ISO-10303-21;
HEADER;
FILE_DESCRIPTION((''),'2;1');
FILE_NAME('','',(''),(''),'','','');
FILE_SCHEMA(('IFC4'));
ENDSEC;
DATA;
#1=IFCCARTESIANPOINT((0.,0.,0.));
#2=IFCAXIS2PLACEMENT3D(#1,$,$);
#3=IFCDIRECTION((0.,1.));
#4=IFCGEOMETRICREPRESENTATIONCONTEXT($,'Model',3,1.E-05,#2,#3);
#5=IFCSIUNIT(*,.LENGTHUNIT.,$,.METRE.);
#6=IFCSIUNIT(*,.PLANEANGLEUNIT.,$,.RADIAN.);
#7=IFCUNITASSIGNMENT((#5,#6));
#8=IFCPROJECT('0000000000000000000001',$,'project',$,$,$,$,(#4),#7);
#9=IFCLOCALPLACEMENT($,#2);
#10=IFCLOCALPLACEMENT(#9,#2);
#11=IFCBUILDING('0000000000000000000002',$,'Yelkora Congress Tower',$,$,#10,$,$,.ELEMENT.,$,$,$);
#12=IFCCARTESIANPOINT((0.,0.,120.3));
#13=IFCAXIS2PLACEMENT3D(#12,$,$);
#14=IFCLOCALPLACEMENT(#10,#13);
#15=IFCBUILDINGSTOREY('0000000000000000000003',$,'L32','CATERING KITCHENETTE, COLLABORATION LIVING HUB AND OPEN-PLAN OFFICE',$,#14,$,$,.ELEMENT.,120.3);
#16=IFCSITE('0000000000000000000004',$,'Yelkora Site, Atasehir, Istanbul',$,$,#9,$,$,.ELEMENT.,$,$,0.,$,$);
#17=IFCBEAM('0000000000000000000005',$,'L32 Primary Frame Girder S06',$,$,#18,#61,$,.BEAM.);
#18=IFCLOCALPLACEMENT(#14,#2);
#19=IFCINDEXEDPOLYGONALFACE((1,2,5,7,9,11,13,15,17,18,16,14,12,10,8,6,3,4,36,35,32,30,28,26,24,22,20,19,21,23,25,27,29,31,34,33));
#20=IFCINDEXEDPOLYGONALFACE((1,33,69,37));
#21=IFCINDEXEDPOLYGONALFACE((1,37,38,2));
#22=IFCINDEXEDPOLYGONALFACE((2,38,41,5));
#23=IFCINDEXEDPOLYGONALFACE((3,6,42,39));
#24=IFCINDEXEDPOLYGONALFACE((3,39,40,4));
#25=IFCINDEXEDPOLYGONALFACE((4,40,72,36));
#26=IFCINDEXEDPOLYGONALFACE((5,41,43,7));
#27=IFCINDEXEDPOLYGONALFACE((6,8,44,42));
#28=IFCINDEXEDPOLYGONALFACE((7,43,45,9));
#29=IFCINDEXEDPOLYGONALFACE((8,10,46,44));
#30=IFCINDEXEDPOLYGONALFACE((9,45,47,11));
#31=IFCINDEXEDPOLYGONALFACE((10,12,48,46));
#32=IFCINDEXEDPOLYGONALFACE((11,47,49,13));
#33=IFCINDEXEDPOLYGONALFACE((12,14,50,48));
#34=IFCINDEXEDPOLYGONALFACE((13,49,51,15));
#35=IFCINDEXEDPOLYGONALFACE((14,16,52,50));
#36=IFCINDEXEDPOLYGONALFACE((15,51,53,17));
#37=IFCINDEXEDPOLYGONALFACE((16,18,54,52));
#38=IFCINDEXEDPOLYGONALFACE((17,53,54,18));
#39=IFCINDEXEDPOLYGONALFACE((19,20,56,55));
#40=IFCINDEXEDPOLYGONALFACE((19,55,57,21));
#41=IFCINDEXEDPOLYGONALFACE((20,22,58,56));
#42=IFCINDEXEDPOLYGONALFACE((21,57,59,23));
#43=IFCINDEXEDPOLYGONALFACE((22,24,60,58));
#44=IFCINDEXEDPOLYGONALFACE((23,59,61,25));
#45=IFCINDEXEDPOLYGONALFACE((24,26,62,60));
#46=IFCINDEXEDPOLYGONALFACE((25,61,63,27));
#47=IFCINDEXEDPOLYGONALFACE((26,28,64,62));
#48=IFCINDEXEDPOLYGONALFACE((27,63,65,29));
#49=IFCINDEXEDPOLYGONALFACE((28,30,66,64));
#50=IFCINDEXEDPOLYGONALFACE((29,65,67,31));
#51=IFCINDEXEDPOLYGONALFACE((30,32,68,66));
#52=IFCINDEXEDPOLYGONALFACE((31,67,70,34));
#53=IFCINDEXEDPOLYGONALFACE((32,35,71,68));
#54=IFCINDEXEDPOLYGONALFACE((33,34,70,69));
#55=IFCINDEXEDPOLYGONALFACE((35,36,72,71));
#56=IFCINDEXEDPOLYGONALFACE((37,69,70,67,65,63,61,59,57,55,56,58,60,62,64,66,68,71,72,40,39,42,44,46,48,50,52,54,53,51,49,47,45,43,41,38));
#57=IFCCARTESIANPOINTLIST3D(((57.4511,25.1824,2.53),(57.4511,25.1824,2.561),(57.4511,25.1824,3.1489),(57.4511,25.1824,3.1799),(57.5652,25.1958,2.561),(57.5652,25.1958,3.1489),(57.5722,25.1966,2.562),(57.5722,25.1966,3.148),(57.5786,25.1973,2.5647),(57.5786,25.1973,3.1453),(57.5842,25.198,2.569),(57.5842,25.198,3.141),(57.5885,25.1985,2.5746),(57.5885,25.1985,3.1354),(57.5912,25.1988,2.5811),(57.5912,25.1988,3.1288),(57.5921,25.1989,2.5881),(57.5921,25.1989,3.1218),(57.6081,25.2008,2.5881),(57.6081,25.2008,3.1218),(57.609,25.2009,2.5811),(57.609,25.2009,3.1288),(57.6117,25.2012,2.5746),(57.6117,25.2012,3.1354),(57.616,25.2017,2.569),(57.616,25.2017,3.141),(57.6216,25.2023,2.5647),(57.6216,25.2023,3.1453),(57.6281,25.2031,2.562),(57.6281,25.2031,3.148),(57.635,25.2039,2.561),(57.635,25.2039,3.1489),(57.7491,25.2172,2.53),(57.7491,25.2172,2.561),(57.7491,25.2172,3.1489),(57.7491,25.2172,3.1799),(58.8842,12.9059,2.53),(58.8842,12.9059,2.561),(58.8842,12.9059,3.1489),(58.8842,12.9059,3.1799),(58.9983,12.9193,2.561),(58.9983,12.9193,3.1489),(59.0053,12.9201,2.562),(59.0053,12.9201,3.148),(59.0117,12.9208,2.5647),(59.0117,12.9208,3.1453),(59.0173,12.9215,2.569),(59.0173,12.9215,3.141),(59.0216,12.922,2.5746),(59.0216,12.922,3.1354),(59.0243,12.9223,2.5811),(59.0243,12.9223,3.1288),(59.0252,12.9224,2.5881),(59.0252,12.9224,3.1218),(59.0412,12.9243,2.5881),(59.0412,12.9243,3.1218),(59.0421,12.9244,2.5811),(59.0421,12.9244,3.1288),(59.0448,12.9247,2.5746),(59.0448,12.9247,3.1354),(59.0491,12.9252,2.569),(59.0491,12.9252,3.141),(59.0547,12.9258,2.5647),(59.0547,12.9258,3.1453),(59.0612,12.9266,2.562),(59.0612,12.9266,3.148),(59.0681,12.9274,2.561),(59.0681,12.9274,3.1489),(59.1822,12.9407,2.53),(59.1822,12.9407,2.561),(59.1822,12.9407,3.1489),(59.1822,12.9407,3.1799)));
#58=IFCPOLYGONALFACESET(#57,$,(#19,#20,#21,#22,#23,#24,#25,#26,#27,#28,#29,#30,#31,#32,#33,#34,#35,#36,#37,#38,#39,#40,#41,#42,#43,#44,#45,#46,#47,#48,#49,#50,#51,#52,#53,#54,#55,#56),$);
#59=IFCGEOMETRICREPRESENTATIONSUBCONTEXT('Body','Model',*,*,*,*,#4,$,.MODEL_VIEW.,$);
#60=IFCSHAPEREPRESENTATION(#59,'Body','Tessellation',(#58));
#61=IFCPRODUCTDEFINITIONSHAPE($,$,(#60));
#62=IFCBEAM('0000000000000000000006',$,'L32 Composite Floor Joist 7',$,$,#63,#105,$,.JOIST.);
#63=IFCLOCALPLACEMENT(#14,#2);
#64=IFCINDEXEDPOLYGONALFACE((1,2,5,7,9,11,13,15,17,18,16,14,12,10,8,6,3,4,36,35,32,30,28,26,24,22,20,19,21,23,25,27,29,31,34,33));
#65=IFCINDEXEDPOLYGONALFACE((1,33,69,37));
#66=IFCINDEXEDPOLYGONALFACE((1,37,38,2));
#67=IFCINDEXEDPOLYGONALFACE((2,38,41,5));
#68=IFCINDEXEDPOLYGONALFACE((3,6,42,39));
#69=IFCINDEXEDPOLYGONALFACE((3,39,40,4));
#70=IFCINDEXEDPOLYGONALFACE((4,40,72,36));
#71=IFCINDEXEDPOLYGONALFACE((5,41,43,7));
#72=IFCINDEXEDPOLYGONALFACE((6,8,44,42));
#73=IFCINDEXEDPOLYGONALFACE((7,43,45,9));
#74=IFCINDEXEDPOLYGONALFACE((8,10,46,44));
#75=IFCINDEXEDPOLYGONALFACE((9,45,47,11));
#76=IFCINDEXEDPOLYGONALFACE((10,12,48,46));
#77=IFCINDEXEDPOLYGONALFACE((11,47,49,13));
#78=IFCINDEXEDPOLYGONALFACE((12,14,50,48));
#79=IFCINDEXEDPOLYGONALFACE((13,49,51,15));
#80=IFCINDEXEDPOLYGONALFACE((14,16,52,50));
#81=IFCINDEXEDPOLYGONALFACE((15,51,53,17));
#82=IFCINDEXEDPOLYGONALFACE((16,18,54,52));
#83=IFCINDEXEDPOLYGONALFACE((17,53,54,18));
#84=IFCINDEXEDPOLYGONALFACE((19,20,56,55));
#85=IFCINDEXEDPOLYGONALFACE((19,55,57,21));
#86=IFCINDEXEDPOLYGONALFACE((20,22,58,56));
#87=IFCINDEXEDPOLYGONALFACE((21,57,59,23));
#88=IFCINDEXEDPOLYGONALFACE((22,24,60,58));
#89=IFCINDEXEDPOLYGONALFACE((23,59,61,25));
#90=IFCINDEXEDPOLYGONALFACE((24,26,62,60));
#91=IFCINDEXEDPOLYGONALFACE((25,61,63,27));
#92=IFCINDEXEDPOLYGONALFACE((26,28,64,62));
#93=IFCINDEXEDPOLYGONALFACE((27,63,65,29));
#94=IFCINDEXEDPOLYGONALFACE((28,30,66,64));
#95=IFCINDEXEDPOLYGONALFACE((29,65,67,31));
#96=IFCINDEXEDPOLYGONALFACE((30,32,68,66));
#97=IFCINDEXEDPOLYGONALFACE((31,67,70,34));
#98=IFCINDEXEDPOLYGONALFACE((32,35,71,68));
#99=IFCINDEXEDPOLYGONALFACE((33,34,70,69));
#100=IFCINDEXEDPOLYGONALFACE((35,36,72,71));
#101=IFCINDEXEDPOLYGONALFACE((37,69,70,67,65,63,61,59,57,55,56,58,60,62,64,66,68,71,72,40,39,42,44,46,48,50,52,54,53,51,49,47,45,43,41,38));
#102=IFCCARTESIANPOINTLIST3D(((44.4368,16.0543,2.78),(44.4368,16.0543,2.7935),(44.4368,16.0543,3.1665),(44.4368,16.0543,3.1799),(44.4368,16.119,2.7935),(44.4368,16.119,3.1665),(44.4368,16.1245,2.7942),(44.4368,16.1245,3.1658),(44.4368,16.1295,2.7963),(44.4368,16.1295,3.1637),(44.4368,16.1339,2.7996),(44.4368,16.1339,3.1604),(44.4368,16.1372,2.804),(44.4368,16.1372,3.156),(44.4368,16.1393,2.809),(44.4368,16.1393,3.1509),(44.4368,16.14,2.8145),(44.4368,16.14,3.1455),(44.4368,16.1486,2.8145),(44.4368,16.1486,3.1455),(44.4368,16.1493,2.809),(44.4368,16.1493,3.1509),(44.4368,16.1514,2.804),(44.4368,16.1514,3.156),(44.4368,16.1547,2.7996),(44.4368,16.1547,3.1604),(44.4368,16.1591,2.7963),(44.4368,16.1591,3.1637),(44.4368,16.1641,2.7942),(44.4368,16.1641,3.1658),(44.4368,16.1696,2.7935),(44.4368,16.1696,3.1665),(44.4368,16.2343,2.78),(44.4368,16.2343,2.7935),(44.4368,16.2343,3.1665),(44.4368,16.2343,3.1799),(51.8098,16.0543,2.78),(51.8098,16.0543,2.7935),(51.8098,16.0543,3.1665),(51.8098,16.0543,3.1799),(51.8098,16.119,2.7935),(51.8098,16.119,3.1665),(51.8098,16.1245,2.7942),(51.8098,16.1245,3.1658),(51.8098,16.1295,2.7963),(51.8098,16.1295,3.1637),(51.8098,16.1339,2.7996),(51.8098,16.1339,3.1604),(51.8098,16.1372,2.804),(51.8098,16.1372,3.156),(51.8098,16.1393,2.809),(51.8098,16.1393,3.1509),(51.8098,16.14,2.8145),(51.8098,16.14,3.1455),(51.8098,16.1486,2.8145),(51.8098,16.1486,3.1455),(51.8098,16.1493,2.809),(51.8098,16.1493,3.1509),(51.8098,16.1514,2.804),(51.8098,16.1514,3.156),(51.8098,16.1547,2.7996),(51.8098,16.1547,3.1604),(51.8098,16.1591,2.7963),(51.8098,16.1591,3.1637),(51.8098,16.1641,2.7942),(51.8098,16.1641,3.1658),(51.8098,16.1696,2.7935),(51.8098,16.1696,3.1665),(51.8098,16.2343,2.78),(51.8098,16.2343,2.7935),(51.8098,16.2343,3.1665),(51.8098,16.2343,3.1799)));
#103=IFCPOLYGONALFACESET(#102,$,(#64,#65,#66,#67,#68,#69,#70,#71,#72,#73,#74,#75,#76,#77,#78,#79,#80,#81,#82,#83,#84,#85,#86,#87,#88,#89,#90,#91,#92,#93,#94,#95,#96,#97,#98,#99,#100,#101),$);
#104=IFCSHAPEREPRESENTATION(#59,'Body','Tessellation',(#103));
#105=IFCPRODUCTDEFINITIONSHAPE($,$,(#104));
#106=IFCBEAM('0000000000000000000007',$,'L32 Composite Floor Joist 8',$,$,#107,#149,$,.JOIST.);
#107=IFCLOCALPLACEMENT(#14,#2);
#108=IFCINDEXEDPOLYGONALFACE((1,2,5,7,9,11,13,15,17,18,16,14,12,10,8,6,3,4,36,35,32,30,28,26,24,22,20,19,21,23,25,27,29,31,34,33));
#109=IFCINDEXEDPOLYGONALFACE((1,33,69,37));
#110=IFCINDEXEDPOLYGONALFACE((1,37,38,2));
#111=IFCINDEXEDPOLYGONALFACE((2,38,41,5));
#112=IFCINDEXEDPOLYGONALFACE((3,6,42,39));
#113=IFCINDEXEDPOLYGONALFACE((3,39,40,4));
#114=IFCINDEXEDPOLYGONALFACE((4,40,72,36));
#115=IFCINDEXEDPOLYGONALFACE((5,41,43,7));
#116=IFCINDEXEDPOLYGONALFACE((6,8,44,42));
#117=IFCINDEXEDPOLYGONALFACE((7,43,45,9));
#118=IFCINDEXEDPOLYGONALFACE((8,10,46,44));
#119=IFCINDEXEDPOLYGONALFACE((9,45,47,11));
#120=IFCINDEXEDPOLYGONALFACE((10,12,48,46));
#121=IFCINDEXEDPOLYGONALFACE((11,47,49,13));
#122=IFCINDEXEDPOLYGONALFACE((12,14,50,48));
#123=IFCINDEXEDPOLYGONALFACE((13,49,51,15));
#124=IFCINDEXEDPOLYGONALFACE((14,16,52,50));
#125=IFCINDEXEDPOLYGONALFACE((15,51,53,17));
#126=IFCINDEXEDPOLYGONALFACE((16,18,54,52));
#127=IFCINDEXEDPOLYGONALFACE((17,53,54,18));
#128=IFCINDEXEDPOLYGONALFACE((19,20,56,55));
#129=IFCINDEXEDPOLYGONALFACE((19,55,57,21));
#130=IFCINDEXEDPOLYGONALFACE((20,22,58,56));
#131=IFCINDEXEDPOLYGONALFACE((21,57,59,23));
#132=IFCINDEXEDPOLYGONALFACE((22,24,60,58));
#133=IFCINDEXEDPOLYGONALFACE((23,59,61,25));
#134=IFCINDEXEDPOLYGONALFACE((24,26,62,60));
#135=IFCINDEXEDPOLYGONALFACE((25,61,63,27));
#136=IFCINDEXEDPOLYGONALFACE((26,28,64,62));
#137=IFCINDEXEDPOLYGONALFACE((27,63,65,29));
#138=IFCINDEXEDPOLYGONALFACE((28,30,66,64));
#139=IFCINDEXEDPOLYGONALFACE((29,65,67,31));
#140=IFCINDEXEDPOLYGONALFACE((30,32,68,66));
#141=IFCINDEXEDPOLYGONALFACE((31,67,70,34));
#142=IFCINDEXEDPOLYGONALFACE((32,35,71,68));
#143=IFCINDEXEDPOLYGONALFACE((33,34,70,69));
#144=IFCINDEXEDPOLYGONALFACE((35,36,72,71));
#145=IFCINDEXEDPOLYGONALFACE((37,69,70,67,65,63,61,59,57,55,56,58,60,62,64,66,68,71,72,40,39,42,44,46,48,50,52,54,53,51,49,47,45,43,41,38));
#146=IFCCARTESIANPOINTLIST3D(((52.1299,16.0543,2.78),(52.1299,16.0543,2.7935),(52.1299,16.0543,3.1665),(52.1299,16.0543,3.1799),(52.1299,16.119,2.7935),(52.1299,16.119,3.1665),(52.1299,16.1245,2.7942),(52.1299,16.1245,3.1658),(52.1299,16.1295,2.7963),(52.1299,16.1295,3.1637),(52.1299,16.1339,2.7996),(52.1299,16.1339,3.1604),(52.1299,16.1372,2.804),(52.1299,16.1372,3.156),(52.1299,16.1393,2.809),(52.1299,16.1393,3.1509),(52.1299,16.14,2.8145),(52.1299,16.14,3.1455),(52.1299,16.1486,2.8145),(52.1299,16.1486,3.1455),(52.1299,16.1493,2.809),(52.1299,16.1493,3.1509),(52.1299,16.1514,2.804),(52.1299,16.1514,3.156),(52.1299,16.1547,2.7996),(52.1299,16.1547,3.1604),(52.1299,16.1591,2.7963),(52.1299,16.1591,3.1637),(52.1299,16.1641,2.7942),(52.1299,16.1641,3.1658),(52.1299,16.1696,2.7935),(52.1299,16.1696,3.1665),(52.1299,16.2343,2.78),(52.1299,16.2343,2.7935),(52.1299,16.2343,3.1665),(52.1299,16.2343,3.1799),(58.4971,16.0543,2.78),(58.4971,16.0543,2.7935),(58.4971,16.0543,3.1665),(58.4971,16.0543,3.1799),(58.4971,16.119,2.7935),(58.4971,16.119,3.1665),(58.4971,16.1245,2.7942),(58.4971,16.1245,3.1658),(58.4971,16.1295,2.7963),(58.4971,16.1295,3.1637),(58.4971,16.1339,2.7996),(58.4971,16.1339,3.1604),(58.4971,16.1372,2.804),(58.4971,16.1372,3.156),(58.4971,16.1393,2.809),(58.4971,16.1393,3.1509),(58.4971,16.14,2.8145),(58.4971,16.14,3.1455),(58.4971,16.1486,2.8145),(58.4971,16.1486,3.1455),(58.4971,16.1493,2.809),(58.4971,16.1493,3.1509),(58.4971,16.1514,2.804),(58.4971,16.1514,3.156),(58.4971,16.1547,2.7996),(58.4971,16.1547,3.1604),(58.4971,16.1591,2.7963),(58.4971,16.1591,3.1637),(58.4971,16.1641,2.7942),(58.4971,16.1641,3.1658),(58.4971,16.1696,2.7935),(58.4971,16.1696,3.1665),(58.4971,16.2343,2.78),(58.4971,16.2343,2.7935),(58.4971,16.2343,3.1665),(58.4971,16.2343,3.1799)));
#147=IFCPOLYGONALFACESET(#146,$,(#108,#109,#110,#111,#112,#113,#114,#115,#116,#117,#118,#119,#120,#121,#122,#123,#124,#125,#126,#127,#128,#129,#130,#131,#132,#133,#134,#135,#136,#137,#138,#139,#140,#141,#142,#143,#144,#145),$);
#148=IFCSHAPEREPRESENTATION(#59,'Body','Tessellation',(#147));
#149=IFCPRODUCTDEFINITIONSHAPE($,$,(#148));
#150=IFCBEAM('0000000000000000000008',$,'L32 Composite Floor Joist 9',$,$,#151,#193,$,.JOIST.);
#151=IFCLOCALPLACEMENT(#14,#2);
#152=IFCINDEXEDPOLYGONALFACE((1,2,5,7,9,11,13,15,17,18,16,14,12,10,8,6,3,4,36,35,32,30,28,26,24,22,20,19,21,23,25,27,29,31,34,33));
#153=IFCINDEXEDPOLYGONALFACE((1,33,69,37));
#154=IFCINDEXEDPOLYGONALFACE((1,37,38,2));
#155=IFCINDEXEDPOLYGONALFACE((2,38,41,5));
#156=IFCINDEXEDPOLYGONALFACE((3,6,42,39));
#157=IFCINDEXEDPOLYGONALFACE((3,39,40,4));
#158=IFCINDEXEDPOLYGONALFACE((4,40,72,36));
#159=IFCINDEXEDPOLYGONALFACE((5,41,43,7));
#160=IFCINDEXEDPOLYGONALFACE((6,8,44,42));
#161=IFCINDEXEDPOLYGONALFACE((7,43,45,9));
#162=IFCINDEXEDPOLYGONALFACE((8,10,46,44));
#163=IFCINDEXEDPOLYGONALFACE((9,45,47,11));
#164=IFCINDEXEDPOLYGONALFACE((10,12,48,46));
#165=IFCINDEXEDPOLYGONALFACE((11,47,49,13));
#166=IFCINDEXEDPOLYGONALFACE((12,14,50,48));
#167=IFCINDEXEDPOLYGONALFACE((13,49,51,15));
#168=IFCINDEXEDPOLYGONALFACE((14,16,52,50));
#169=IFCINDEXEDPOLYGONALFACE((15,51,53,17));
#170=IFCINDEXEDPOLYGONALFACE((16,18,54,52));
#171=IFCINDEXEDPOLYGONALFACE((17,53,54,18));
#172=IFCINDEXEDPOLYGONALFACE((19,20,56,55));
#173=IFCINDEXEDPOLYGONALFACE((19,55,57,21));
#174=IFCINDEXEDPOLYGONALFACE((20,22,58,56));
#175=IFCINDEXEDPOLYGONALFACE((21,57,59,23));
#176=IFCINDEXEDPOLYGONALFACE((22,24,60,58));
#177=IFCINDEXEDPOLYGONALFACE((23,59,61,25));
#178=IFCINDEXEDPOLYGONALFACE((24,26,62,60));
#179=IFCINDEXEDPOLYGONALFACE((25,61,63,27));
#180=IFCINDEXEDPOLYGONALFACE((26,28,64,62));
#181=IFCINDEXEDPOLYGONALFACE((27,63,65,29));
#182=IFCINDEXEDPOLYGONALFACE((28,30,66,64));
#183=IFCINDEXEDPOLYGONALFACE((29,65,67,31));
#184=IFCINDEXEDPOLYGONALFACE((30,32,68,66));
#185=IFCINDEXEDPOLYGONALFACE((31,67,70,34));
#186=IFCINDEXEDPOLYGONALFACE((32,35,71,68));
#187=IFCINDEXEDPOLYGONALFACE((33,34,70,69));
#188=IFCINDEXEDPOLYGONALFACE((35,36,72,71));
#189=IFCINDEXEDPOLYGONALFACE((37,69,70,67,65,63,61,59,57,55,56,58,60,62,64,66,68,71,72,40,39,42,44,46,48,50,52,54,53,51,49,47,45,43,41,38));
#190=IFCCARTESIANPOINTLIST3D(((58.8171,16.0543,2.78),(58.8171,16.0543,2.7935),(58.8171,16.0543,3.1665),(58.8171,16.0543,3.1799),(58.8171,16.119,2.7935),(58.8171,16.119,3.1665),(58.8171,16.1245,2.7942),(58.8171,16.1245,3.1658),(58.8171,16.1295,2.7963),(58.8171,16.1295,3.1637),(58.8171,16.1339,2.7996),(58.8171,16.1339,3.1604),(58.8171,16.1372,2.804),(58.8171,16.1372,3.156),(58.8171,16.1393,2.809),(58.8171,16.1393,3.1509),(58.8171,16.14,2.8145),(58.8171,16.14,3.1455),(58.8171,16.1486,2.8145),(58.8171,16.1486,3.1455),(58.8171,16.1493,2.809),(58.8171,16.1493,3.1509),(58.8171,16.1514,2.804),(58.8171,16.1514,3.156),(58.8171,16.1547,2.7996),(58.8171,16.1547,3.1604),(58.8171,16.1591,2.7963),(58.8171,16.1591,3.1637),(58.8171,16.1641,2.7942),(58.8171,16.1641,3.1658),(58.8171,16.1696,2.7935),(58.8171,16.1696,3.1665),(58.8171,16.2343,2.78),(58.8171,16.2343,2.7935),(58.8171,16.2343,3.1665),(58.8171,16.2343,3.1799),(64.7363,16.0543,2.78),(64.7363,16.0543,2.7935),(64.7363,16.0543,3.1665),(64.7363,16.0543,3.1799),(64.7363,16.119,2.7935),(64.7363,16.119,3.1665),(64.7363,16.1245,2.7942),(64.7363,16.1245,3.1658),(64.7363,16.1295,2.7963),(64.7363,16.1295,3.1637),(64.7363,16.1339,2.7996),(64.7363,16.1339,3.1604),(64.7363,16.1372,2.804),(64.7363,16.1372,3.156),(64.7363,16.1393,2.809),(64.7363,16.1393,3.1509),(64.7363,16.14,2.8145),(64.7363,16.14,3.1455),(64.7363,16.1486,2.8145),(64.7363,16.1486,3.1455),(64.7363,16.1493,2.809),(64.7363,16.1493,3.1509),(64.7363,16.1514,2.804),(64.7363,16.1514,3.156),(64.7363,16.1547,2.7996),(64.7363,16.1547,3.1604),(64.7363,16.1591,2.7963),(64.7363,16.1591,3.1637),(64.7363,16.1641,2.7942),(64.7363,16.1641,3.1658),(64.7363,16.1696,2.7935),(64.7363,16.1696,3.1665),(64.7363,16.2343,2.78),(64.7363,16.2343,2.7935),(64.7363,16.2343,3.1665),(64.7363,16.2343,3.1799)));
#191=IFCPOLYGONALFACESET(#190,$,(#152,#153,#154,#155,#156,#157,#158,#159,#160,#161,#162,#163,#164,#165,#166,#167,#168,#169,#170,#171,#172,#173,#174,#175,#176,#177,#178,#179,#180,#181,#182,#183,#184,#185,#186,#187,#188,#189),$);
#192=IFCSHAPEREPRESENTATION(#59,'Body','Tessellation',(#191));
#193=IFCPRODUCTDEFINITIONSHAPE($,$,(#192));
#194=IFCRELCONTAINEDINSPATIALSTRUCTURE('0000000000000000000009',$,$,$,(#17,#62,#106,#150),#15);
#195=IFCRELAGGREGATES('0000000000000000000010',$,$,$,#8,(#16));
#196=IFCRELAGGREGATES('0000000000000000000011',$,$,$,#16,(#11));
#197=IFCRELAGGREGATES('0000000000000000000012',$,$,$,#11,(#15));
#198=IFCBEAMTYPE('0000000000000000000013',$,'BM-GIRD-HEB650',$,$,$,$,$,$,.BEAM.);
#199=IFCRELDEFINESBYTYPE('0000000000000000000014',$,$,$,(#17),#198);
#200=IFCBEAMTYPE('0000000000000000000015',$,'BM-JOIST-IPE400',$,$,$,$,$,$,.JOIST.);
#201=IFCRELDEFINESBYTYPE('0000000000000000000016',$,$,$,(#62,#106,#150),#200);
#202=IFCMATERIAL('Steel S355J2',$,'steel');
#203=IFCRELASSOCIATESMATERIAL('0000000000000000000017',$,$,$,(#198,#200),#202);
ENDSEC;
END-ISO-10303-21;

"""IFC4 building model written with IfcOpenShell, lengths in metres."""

from ifc_helpers import new_model, si_unit, direction, frame, origin, origin_2d, place, context, subcontext, project, spatial, i_section, extrude, material, material_profile, profile_set, type_object, element, save


model = new_model("IFC4")

# Units and contexts
model_context = context("Model", 3, precision=1e-05, world=origin(), true_north=direction((0.0, 1.0)))
body_context = subcontext(model_context, "Body", "Model", "MODEL_VIEW")
ifc_project = project(units=[si_unit("LENGTHUNIT", "METRE"), si_unit("PLANEANGLEUNIT", "RADIAN")], contexts=[model_context])

# Site, building, storey
site_placement = place(None, origin())
site = spatial("IfcSite", under=ifc_project, at=site_placement, Name="Yelkora Site, Atasehir, Istanbul", CompositionType="ELEMENT", RefElevation=0.0)
building_placement = place(site_placement, origin())
building = spatial("IfcBuilding", under=site, at=building_placement, Name="Yelkora Congress Tower", CompositionType="ELEMENT")
storey_placement = place(building_placement, frame((0.0, 0.0, 120.3)))
storey = spatial("IfcBuildingStorey", under=building, at=storey_placement, Name="L32", Description="CATERING KITCHENETTE, COLLABORATION LIVING HUB AND OPEN-PLAN OFFICE", CompositionType="ELEMENT", Elevation=120.3)

# Beams
ifc_material_1 = material(Name="Steel S355J2", Category="steel")
ifc_material_profile_1 = material_profile(ifc_material_1, i_section(OverallWidth=0.3, OverallDepth=0.6499, WebThickness=0.0161, FlangeThickness=0.031, FilletRadius=0.0271, at=origin_2d()), Name="HEB 650")
ifc_profile_set_1 = profile_set([ifc_material_profile_1], Name="Steel S355J2")
beam_type_1 = type_object("IfcBeamType", Name="BM-GIRD-HEB650", PredefinedType="BEAM", material=ifc_profile_set_1)
beam_1_placement = place(storey_placement, frame((59.0332, 12.9233, 2.855), z_axis=(-0.115947, 0.993255, 0.0), x_axis=(-0.993255, -0.115947, 0.0)))
element("IfcBeam", 1, at=beam_1_placement, inside=storey, type_object=beam_type_1, Name="L32 Primary Frame Girder S06", PredefinedType="BEAM", context=body_context, shape_type="SweptSolid", body=[
    extrude(i_section(OverallWidth=0.3, OverallDepth=0.6499, WebThickness=0.0161, FlangeThickness=0.031, FilletRadius=0.0271, at=origin_2d()), origin(), (0.0, 0.0, 1.0), 12.3599),
])
ifc_material_profile_2 = material_profile(ifc_material_1, i_section(OverallWidth=0.1799, OverallDepth=0.3999, WebThickness=0.0085, FlangeThickness=0.0134, FilletRadius=0.021, at=origin_2d()), Name="IPE 400")
ifc_profile_set_2 = profile_set([ifc_material_profile_2], Name="Steel S355J2")
beam_type_2 = type_object("IfcBeamType", Name="BM-JOIST-IPE400", PredefinedType="JOIST", material=ifc_profile_set_2)
beam_2_placement = place(storey_placement, frame((44.4368, 16.1443, 2.98), z_axis=(1.0, 0.0, 0.0), x_axis=(0.0, 1.0, 0.0)))
element("IfcBeam", 2, at=beam_2_placement, inside=storey, type_object=beam_type_2, Name="L32 Composite Floor Joist 7", PredefinedType="JOIST", context=body_context, shape_type="SweptSolid", body=[
    extrude(i_section(OverallWidth=0.1799, OverallDepth=0.3999, WebThickness=0.0085, FlangeThickness=0.0134, FilletRadius=0.021, at=origin_2d()), origin(), (0.0, 0.0, 1.0), 7.373),
])
beam_3_placement = place(storey_placement, frame((52.1299, 16.1443, 2.98), z_axis=(1.0, 0.0, 0.0), x_axis=(0.0, 1.0, 0.0)))
element("IfcBeam", 3, at=beam_3_placement, inside=storey, type_object=beam_type_2, Name="L32 Composite Floor Joist 8", PredefinedType="JOIST", context=body_context, shape_type="SweptSolid", body=[
    extrude(i_section(OverallWidth=0.1799, OverallDepth=0.3999, WebThickness=0.0085, FlangeThickness=0.0134, FilletRadius=0.021, at=origin_2d()), origin(), (0.0, 0.0, 1.0), 6.3672),
])
beam_4_placement = place(storey_placement, frame((58.8171, 16.1443, 2.98), z_axis=(1.0, 0.0, 0.0), x_axis=(0.0, 1.0, 0.0)))
element("IfcBeam", 4, at=beam_4_placement, inside=storey, type_object=beam_type_2, Name="L32 Composite Floor Joist 9", PredefinedType="JOIST", context=body_context, shape_type="SweptSolid", body=[
    extrude(i_section(OverallWidth=0.1799, OverallDepth=0.3999, WebThickness=0.0085, FlangeThickness=0.0134, FilletRadius=0.021, at=origin_2d()), origin(), (0.0, 0.0, 1.0), 5.9192),
])

save(model, "model.ifc")
